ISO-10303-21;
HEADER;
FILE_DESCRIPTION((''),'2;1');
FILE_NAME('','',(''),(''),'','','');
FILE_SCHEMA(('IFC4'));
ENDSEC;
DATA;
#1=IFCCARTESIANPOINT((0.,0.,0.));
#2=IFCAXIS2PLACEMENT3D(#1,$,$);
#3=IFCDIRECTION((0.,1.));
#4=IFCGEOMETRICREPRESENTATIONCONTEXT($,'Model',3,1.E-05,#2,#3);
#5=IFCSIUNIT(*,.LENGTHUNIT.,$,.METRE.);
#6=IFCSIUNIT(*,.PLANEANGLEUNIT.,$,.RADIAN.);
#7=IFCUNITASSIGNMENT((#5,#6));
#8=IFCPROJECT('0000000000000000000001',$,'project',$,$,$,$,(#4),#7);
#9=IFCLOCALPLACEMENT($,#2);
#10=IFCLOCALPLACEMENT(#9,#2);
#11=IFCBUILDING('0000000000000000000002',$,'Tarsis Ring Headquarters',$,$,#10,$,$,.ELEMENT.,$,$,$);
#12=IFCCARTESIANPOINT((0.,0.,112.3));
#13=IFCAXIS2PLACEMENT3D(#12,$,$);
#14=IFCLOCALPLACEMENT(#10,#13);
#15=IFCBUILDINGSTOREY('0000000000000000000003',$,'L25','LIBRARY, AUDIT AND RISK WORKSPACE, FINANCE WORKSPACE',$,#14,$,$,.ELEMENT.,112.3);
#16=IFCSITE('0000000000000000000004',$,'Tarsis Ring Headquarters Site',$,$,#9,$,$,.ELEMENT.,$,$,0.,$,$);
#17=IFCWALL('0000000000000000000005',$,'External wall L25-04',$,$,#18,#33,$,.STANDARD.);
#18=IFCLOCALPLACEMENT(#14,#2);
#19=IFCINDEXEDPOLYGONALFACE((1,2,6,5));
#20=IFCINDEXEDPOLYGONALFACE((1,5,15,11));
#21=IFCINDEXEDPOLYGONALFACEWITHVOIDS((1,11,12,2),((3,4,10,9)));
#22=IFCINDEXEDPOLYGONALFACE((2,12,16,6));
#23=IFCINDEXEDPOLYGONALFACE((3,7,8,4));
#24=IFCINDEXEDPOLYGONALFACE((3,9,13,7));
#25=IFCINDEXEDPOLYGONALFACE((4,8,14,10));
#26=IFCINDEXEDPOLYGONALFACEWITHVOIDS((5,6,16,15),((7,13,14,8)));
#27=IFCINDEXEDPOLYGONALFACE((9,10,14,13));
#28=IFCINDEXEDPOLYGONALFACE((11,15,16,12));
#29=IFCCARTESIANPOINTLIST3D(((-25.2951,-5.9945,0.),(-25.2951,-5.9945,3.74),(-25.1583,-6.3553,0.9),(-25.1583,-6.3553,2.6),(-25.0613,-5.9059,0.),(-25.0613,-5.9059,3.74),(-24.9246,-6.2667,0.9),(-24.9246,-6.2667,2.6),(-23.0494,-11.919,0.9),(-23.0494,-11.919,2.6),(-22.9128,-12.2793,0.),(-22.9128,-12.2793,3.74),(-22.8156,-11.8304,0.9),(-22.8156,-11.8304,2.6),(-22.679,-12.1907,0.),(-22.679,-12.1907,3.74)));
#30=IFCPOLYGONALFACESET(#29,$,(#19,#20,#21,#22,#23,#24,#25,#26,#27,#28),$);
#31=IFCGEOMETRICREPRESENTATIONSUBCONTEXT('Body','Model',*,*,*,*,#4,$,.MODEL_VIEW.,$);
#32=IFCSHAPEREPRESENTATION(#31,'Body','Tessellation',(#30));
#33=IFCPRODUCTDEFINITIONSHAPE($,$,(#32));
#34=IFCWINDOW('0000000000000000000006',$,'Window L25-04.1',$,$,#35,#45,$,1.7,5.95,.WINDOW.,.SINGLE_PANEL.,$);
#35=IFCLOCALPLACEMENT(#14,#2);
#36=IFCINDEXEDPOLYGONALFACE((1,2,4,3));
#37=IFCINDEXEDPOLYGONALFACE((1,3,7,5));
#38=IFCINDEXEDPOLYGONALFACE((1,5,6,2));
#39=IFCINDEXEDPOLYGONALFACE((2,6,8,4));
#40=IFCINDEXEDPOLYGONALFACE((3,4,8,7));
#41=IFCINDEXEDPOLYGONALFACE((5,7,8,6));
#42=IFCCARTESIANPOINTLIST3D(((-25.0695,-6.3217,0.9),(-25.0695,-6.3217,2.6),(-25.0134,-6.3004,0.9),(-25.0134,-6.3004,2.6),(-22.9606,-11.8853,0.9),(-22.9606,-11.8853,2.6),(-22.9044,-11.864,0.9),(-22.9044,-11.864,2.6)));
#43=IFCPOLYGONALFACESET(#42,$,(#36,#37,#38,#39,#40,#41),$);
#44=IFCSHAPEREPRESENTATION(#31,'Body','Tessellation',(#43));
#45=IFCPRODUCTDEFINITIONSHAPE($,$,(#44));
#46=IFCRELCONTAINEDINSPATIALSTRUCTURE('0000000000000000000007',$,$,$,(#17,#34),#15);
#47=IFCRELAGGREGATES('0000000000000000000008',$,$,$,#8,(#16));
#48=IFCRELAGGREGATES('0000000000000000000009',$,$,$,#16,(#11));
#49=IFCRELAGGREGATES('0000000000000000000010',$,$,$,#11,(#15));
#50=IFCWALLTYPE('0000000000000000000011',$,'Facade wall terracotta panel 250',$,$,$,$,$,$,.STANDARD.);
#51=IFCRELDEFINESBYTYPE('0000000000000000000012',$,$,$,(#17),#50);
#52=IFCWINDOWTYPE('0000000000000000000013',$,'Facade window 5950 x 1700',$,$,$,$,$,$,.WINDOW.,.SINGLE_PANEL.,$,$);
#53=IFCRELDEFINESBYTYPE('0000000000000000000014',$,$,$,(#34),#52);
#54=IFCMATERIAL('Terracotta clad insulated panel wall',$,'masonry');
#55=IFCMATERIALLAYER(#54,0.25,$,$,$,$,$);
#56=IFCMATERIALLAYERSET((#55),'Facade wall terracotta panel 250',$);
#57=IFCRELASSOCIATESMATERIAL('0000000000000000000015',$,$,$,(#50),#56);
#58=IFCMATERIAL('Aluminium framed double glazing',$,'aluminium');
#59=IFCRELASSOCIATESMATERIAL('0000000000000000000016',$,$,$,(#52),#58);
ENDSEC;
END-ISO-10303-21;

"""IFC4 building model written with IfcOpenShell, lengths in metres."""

from ifc_helpers import new_model, si_unit, direction, frame, frame_2d, origin, place, context, subcontext, project, spatial, rectangle, extrude, material, layer, layer_set, type_object, element, fill, save


model = new_model("IFC4")

# Units and contexts
model_context = context("Model", 3, precision=1e-05, world=origin(), true_north=direction((0.0, 1.0)))
body_context = subcontext(model_context, "Body", "Model", "MODEL_VIEW")
ifc_project = project(units=[si_unit("LENGTHUNIT", "METRE"), si_unit("PLANEANGLEUNIT", "RADIAN")], contexts=[model_context])

# Site, building, storey
site_placement = place(None, origin())
site = spatial("IfcSite", under=ifc_project, at=site_placement, Name="Tarsis Ring Headquarters Site", CompositionType="ELEMENT", RefElevation=0.0)
building_placement = place(site_placement, origin())
building = spatial("IfcBuilding", under=site, at=building_placement, Name="Tarsis Ring Headquarters", CompositionType="ELEMENT")
storey_placement = place(building_placement, frame((0.0, 0.0, 112.3)))
storey = spatial("IfcBuildingStorey", under=building, at=storey_placement, Name="L25", Description="LIBRARY, AUDIT AND RISK WORKSPACE, FINANCE WORKSPACE", CompositionType="ELEMENT", Elevation=112.3)

# Wall, opening, window
ifc_material_1 = material(Name="Terracotta clad insulated panel wall", Category="masonry")
ifc_layer_1 = layer(ifc_material_1, 0.25)
ifc_layer_set_1 = layer_set([ifc_layer_1], Name="Facade wall terracotta panel 250")
wall_type_1 = type_object("IfcWallType", Name="Facade wall terracotta panel 250", PredefinedType="STANDARD", material=ifc_layer_set_1)
wall_1_placement = place(storey_placement, frame((-25.1782, -5.9502, 0.0), z_axis=(0.0, 0.0, 1.0), x_axis=(0.354445, -0.935077, 0.0)))
wall_1 = element("IfcWall", 1, at=wall_1_placement, inside=storey, type_object=wall_type_1, Name="External wall L25-04", PredefinedType="STANDARD", context=body_context, shape_type="SweptSolid", body=[
    extrude(rectangle(XDim=6.7212, YDim=0.25, at=frame_2d((3.3606, 0.0))), origin(), (0.0, 0.0, 1.0), 3.74),
])
opening_placement = place(wall_1_placement, frame((0.3857, 0.0, 0.8999)))
opening = element("IfcOpeningElement", 2, at=opening_placement, cuts=wall_1, PredefinedType="OPENING", context=body_context, shape_type="SweptSolid", body=[
    extrude(rectangle(XDim=5.95, YDim=1.7, at=frame_2d((2.9751, 0.8501))), frame((0.0, 0.135, 0.0), z_axis=(0.0, -1.0, 0.0), x_axis=(1.0, 0.0, 0.0)), (0.0, 0.0, 1.0), 0.27),
])
ifc_material_2 = material(Name="Aluminium framed double glazing", Category="aluminium")
window_type = type_object("IfcWindowType", Name="Facade window 5950 x 1700", PartitioningType="SINGLE_PANEL", PredefinedType="WINDOW", material=ifc_material_2)
window_placement = place(opening_placement, origin())
window = element("IfcWindow", 3, at=window_placement, inside=storey, type_object=window_type, Name="Window L25-04.1", OverallHeight=1.7, OverallWidth=5.95, PartitioningType="SINGLE_PANEL", PredefinedType="WINDOW", context=body_context, shape_type="SweptSolid", body=[
    extrude(rectangle(XDim=5.95, YDim=1.7, at=frame_2d((2.9751, 0.8501))), frame((0.0, 0.03, 0.0), z_axis=(0.0, -1.0, 0.0), x_axis=(1.0, 0.0, 0.0)), (0.0, 0.0, 1.0), 0.0601),
])
fill(opening, window)

save(model, "model.ifc")
